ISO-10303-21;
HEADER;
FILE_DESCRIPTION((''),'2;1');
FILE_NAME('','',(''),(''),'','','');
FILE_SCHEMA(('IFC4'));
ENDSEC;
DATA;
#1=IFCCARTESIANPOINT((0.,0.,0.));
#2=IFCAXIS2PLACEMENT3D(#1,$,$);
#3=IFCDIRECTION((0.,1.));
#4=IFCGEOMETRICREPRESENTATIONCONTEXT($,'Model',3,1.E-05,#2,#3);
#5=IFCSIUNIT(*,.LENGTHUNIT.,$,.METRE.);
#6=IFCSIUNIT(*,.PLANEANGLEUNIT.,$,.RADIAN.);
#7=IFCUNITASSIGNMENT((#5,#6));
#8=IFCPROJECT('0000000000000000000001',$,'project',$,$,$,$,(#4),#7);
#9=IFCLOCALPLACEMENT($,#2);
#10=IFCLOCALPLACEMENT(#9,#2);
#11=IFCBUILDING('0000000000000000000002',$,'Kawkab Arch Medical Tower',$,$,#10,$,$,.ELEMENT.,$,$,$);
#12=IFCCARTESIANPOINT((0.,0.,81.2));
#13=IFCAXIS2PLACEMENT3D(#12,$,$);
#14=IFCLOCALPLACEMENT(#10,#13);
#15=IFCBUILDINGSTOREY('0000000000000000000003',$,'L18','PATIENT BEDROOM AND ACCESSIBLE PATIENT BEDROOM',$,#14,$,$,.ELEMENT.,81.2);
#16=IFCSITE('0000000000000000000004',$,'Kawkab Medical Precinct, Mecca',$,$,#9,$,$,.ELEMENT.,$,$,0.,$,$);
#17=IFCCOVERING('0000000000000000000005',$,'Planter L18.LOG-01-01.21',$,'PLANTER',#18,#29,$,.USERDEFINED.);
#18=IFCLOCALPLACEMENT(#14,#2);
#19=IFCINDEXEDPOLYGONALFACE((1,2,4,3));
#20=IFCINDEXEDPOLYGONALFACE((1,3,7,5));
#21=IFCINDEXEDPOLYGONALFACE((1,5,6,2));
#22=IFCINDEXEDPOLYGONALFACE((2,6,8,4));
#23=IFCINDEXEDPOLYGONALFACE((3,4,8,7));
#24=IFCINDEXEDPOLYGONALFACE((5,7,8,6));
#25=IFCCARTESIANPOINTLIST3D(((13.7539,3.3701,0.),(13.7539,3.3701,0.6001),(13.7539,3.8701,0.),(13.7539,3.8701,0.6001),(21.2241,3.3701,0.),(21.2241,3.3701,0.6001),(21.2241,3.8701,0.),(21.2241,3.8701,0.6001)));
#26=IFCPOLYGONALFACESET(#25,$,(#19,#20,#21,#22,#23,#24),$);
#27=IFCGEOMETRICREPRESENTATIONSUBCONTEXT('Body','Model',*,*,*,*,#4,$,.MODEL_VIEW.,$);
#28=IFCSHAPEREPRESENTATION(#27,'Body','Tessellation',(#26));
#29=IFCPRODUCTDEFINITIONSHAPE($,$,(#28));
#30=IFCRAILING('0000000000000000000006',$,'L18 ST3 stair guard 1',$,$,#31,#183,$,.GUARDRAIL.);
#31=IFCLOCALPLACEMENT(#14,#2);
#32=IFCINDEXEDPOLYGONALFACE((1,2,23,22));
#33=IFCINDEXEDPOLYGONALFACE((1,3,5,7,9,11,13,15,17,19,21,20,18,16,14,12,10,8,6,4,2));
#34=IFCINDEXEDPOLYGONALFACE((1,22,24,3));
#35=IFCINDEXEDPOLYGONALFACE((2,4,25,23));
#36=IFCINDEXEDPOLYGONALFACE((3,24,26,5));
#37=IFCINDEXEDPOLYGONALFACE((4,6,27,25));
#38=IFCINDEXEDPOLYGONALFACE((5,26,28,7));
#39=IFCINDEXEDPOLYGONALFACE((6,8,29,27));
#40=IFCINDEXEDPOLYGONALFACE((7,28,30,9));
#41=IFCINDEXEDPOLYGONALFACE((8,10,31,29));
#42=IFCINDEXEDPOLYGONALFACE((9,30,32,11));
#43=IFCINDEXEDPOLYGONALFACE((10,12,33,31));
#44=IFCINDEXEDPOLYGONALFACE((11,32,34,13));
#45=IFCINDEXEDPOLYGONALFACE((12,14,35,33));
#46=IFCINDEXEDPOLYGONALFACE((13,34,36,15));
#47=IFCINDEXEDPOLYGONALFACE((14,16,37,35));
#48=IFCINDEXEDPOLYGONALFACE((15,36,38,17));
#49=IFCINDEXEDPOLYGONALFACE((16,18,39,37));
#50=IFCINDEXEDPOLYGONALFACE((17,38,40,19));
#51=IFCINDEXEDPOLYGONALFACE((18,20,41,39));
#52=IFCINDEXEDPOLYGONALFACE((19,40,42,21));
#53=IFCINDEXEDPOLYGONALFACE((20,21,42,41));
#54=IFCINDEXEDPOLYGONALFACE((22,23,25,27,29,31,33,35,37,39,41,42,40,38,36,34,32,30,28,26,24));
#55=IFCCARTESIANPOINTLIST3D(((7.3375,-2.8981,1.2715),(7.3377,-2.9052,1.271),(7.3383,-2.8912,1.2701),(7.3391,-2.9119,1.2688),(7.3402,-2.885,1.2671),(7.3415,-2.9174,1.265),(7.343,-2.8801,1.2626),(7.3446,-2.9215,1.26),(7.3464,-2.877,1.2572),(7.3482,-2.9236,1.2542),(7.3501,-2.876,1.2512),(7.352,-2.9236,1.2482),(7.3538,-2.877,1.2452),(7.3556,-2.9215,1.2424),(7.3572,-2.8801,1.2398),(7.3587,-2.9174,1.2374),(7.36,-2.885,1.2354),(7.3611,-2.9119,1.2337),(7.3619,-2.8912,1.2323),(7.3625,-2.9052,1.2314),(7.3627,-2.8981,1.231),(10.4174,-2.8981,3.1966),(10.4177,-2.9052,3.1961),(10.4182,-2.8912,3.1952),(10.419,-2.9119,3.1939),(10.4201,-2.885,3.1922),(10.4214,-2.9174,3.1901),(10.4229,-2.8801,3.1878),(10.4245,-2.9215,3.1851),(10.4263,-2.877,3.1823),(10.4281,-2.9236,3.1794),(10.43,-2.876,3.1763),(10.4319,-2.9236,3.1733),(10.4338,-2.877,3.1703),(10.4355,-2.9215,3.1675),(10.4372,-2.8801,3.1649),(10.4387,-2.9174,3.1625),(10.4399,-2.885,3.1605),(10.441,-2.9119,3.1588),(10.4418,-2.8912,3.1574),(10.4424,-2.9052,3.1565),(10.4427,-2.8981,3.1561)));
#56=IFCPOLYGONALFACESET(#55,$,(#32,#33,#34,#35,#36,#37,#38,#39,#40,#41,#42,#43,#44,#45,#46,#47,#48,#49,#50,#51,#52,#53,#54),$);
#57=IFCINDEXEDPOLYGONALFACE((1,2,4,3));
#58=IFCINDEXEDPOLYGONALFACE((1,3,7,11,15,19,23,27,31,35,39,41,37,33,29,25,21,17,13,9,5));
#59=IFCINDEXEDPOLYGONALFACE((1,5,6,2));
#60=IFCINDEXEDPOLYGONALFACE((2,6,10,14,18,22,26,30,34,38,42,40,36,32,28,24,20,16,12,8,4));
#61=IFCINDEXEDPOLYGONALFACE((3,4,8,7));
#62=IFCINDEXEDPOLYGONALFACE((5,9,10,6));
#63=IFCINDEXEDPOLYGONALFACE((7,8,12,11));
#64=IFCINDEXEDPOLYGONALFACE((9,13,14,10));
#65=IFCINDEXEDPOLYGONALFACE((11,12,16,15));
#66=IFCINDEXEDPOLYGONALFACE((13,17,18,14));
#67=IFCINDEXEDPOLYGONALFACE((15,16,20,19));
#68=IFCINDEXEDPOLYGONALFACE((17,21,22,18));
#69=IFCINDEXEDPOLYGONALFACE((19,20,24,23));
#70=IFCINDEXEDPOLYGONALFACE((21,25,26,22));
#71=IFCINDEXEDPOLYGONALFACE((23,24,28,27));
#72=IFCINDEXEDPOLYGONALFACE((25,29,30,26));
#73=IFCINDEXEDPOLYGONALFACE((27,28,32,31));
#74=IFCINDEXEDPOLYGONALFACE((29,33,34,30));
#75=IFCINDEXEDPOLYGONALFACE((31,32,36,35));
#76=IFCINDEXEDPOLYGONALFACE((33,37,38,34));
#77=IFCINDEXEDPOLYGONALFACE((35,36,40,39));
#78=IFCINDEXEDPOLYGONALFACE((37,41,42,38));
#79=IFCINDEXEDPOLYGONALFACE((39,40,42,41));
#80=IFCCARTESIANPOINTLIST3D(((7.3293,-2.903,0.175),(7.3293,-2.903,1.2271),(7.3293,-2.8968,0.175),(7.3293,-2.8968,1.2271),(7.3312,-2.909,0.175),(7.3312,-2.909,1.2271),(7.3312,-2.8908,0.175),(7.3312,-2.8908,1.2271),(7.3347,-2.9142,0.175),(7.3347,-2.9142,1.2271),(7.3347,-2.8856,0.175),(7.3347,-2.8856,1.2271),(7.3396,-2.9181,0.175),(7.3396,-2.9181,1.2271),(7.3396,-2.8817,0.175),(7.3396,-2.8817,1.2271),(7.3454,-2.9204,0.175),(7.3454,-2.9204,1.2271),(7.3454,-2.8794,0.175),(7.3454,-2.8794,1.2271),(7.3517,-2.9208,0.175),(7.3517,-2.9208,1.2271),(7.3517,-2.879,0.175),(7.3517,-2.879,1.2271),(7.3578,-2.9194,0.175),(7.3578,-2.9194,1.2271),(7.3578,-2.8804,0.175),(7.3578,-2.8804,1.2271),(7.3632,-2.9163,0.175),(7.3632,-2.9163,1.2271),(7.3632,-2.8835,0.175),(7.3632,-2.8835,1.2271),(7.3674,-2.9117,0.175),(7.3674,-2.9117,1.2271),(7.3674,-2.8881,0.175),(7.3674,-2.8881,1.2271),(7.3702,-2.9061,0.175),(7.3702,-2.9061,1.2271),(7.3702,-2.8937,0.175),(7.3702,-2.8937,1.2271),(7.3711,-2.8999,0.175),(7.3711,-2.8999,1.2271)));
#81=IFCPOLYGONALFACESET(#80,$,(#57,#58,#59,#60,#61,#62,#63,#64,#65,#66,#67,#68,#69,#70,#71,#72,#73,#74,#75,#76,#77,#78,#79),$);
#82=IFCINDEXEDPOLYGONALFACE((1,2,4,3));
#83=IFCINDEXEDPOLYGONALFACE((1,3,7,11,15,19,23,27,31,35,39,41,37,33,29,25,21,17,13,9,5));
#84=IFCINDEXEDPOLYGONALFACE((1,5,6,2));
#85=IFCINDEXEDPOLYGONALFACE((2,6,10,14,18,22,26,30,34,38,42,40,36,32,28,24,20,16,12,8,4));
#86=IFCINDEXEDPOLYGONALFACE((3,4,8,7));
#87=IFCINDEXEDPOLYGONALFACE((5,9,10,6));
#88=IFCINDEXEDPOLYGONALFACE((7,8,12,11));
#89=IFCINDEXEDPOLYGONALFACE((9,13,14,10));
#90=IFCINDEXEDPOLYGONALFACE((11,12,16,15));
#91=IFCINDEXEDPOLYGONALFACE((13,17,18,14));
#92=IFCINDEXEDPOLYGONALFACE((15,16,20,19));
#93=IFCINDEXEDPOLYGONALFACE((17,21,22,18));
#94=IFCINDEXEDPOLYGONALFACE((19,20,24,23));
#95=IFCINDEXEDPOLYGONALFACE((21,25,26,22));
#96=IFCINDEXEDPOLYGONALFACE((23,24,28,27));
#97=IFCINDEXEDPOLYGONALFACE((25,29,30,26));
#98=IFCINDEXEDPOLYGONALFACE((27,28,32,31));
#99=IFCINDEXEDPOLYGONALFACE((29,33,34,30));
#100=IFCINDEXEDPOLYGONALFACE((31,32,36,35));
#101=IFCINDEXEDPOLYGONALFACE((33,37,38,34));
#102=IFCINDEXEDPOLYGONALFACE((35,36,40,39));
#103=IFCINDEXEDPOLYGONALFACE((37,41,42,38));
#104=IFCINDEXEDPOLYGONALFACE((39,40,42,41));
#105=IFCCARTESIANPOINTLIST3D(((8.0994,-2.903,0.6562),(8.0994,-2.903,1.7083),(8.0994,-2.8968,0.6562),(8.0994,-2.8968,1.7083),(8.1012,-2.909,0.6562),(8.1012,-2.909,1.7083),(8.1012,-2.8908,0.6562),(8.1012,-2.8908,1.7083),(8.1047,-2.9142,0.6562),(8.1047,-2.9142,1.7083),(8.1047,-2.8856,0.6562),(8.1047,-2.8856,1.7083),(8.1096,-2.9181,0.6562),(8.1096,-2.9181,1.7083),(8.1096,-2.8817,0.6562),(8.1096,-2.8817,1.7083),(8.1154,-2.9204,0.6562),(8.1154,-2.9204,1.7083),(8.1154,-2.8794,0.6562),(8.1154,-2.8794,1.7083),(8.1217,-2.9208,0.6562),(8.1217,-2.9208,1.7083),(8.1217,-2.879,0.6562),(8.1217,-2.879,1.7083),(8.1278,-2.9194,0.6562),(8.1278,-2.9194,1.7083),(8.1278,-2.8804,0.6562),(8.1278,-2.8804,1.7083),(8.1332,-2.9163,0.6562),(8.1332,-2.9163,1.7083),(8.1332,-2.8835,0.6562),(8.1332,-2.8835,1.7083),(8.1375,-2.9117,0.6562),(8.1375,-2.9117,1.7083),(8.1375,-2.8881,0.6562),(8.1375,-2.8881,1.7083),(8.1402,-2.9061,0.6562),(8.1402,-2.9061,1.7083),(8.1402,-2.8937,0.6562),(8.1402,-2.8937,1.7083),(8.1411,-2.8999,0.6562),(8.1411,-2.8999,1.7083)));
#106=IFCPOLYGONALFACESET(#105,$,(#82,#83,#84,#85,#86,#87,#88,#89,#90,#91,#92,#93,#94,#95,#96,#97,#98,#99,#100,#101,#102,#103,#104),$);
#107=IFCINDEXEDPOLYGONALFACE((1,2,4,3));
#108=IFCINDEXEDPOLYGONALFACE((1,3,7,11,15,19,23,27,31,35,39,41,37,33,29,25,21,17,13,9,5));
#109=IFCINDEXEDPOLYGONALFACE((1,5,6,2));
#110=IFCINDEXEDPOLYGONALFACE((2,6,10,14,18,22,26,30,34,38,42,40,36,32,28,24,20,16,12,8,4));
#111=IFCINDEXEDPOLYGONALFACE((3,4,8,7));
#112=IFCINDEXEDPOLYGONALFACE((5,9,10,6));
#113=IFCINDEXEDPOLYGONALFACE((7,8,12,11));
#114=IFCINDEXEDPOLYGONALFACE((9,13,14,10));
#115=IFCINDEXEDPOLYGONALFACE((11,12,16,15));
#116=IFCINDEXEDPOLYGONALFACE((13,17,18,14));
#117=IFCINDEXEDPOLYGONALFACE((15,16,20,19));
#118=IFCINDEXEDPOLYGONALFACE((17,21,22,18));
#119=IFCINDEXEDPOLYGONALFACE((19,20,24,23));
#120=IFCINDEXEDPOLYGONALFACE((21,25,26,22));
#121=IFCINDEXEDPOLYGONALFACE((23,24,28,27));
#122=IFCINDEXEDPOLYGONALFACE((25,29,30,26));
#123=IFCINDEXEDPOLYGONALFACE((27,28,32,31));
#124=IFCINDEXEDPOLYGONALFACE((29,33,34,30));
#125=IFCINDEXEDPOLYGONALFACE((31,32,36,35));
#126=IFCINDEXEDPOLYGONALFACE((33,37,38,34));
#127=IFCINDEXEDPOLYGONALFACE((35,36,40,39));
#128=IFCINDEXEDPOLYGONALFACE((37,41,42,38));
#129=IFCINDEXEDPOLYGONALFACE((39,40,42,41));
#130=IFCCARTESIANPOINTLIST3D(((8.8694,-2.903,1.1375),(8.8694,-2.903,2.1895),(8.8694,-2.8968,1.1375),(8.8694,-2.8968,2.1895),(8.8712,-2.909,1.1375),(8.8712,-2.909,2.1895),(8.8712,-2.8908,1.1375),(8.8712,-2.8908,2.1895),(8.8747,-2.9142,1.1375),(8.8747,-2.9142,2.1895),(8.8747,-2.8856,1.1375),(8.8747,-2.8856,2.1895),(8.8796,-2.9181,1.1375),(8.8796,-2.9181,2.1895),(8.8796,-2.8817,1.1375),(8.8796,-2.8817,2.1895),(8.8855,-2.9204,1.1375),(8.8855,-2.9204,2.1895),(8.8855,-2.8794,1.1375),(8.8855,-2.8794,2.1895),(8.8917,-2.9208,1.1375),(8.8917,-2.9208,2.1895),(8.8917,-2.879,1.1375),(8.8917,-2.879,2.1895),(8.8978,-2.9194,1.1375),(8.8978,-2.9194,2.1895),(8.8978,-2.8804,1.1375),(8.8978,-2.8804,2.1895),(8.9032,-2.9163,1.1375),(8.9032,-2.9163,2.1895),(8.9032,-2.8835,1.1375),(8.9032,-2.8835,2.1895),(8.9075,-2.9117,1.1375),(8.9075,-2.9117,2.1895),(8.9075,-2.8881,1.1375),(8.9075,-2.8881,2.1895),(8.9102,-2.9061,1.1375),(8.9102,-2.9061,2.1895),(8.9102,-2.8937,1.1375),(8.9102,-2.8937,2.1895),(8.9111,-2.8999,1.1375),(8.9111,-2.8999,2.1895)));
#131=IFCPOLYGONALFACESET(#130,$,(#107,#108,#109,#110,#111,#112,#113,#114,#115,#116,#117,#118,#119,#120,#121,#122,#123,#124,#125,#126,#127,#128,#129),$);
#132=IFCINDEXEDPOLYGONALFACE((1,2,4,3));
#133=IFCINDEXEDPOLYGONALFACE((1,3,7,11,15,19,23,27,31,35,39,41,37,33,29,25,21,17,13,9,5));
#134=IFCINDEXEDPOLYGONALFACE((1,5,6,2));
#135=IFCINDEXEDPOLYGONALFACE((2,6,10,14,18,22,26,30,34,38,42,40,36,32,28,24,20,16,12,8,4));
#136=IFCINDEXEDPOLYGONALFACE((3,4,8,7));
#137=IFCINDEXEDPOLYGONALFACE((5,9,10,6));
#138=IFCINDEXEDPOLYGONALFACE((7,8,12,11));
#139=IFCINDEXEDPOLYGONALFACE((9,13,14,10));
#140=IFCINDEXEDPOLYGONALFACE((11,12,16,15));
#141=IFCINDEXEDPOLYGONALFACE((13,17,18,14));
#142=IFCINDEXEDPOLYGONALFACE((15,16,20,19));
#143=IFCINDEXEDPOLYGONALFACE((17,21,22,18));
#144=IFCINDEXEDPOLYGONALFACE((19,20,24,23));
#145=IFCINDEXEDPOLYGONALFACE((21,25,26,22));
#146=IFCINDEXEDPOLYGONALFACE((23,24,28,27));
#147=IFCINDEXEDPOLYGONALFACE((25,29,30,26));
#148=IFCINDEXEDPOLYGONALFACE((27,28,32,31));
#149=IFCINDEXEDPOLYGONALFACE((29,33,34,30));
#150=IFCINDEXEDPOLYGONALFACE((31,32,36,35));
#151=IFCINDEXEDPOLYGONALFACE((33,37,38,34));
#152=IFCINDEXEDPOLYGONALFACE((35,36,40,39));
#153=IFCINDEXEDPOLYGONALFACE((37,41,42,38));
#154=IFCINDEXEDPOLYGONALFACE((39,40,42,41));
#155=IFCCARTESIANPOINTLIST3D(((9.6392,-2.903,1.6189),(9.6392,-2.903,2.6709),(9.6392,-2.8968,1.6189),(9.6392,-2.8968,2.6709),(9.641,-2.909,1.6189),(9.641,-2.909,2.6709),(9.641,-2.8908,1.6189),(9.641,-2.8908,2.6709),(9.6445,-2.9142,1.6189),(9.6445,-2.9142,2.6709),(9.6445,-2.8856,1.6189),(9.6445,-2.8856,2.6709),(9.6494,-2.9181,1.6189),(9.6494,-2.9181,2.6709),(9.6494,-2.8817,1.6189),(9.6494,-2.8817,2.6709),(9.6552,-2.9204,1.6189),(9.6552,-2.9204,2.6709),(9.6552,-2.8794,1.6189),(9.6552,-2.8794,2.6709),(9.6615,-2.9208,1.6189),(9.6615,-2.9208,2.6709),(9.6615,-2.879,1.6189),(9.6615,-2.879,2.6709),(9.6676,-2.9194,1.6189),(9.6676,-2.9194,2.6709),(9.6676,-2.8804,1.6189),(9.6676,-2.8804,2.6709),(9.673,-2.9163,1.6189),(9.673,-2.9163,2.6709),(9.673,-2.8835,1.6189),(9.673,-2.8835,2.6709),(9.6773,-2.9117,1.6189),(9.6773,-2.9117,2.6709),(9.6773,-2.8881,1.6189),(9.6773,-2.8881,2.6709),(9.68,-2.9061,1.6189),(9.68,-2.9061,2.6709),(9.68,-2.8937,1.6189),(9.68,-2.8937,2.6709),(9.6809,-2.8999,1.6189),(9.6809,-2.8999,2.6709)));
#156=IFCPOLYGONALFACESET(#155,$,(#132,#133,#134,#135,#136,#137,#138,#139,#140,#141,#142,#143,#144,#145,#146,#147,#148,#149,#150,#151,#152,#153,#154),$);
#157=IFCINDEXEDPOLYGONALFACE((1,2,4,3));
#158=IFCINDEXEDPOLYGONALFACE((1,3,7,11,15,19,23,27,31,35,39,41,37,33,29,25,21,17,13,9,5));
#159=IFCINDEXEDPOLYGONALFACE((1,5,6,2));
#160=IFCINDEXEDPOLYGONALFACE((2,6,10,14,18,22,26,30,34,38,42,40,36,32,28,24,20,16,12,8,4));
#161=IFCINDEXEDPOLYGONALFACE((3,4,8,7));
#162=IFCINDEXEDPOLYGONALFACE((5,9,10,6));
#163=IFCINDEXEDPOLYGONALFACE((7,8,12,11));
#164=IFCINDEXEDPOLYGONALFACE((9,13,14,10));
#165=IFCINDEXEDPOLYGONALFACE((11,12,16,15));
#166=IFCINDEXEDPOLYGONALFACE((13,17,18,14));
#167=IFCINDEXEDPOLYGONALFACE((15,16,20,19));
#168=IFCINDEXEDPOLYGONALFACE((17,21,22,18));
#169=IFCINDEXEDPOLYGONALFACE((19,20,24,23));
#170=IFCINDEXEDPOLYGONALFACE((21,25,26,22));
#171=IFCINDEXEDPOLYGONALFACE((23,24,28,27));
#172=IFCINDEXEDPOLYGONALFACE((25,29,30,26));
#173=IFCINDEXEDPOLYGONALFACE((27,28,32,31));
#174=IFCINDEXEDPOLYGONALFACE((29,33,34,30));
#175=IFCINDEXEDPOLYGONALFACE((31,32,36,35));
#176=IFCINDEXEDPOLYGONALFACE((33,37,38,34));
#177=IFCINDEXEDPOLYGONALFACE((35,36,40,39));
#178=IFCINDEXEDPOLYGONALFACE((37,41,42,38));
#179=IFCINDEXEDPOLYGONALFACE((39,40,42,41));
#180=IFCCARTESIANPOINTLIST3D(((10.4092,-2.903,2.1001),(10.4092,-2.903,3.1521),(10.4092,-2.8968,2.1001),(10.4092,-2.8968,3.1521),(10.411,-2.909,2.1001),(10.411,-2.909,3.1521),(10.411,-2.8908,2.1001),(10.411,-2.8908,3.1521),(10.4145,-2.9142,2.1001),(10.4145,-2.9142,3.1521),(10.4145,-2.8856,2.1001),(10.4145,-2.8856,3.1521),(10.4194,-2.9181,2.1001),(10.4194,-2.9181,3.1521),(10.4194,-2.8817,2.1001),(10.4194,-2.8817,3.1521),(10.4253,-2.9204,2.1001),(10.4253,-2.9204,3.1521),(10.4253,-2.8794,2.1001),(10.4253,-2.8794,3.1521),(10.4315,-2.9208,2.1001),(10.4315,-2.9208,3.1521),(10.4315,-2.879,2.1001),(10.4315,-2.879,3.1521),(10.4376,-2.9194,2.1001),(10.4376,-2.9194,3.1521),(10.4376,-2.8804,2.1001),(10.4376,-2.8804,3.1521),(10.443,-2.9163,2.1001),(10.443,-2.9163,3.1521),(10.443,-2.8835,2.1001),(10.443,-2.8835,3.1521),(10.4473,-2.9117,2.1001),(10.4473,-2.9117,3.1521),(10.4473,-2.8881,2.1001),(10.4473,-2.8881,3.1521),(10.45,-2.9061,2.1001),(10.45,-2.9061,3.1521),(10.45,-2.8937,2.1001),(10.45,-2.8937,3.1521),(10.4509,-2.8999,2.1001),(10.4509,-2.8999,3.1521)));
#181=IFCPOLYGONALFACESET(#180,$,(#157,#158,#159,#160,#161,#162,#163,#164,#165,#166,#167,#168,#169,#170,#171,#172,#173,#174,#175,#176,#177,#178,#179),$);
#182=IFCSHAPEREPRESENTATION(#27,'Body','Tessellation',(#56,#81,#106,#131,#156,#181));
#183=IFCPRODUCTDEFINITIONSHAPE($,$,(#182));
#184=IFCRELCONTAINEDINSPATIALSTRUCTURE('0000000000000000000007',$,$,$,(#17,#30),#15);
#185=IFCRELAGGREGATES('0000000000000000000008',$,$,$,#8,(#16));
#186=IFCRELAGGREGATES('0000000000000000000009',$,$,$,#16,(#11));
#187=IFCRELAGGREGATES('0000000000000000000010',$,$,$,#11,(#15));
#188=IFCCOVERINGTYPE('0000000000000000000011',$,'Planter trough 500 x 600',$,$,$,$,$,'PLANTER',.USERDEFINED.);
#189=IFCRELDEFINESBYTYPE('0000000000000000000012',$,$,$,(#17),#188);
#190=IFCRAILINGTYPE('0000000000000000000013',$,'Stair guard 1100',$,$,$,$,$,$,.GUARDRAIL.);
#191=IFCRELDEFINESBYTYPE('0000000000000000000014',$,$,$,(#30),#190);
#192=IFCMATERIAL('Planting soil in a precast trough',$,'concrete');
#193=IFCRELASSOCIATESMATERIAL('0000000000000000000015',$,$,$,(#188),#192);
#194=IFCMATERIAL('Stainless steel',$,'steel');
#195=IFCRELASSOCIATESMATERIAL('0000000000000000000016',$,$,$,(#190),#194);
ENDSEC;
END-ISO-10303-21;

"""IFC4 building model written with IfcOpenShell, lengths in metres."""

from ifc_helpers import new_model, si_unit, direction, frame, origin, origin_2d, place, context, subcontext, project, spatial, rectangle, circle, extrude, material, material_profile, profile_set, type_object, element, save


model = new_model("IFC4")

# Units and contexts
model_context = context("Model", 3, precision=1e-05, world=origin(), true_north=direction((0.0, 1.0)))
body_context = subcontext(model_context, "Body", "Model", "MODEL_VIEW")
ifc_project = project(units=[si_unit("LENGTHUNIT", "METRE"), si_unit("PLANEANGLEUNIT", "RADIAN")], contexts=[model_context])

# Site, building, storey
site_placement = place(None, origin())
site = spatial("IfcSite", under=ifc_project, at=site_placement, Name="Kawkab Medical Precinct, Mecca", CompositionType="ELEMENT", RefElevation=0.0)
building_placement = place(site_placement, origin())
building = spatial("IfcBuilding", under=site, at=building_placement, Name="Kawkab Arch Medical Tower", CompositionType="ELEMENT")
storey_placement = place(building_placement, frame((0.0, 0.0, 81.2)))
storey = spatial("IfcBuildingStorey", under=building, at=storey_placement, Name="L18", Description="PATIENT BEDROOM AND ACCESSIBLE PATIENT BEDROOM", CompositionType="ELEMENT", Elevation=81.2)

# Covering
ifc_material_1 = material(Name="Planting soil in a precast trough", Category="concrete")
ifc_material_profile_1 = material_profile(ifc_material_1, rectangle(XDim=0.5, YDim=0.6001, at=origin_2d()), Name="Trough 500x600")
ifc_profile_set_1 = profile_set([ifc_material_profile_1], Name="Planting soil in a precast trough")
covering_type_1 = type_object("IfcCoveringType", Name="Planter trough 500 x 600", ElementType="PLANTER", PredefinedType="USERDEFINED", material=ifc_profile_set_1)
covering_1_placement = place(storey_placement, frame((13.7539, 3.6201, 0.3), z_axis=(1.0, 0.0, 0.0), x_axis=(0.0, 1.0, 0.0)))
element("IfcCovering", 1, at=covering_1_placement, inside=storey, type_object=covering_type_1, Name="Planter L18.LOG-01-01.21", ObjectType="PLANTER", PredefinedType="USERDEFINED", context=body_context, shape_type="SweptSolid", body=[
    extrude(rectangle(XDim=0.5, YDim=0.6001, at=origin_2d()), origin(), (0.0, 0.0, 1.0), 7.4702),
])

# Railing
ifc_material_2 = material(Name="Stainless steel", Category="steel")
railing_type_1 = type_object("IfcRailingType", Name="Stair guard 1100", PredefinedType="GUARDRAIL", material=ifc_material_2)
railing_1_placement = place(storey_placement, frame((7.3501, -2.8999, 0.175)))
element("IfcRailing", 2, at=railing_1_placement, inside=storey, type_object=railing_type_1, Name="L18 ST3 stair guard 1", PredefinedType="GUARDRAIL", context=body_context, shape_type="SweptSolid", body=[
    extrude(circle(Radius=0.0239, at=origin_2d()), frame((0.0, 0.0, 1.0762), z_axis=(0.847979, 0.0, 0.530029), x_axis=(0.0, 1.0, 0.0)), (0.0, 0.0, 1.0), 3.6321),
    extrude(circle(Radius=0.021, at=origin_2d()), origin(), (0.0, 0.0, 1.0), 1.052),
    extrude(circle(Radius=0.021, at=origin_2d()), frame((0.77, 0.0, 0.4812)), (0.0, 0.0, 1.0), 1.052),
    extrude(circle(Radius=0.021, at=origin_2d()), frame((1.54, 0.0, 0.9624)), (0.0, 0.0, 1.0), 1.052),
    extrude(circle(Radius=0.021, at=origin_2d()), frame((2.3098, 0.0, 1.4438)), (0.0, 0.0, 1.0), 1.052),
    extrude(circle(Radius=0.021, at=origin_2d()), frame((3.0798, 0.0, 1.925)), (0.0, 0.0, 1.0), 1.052),
])

save(model, "model.ifc")
